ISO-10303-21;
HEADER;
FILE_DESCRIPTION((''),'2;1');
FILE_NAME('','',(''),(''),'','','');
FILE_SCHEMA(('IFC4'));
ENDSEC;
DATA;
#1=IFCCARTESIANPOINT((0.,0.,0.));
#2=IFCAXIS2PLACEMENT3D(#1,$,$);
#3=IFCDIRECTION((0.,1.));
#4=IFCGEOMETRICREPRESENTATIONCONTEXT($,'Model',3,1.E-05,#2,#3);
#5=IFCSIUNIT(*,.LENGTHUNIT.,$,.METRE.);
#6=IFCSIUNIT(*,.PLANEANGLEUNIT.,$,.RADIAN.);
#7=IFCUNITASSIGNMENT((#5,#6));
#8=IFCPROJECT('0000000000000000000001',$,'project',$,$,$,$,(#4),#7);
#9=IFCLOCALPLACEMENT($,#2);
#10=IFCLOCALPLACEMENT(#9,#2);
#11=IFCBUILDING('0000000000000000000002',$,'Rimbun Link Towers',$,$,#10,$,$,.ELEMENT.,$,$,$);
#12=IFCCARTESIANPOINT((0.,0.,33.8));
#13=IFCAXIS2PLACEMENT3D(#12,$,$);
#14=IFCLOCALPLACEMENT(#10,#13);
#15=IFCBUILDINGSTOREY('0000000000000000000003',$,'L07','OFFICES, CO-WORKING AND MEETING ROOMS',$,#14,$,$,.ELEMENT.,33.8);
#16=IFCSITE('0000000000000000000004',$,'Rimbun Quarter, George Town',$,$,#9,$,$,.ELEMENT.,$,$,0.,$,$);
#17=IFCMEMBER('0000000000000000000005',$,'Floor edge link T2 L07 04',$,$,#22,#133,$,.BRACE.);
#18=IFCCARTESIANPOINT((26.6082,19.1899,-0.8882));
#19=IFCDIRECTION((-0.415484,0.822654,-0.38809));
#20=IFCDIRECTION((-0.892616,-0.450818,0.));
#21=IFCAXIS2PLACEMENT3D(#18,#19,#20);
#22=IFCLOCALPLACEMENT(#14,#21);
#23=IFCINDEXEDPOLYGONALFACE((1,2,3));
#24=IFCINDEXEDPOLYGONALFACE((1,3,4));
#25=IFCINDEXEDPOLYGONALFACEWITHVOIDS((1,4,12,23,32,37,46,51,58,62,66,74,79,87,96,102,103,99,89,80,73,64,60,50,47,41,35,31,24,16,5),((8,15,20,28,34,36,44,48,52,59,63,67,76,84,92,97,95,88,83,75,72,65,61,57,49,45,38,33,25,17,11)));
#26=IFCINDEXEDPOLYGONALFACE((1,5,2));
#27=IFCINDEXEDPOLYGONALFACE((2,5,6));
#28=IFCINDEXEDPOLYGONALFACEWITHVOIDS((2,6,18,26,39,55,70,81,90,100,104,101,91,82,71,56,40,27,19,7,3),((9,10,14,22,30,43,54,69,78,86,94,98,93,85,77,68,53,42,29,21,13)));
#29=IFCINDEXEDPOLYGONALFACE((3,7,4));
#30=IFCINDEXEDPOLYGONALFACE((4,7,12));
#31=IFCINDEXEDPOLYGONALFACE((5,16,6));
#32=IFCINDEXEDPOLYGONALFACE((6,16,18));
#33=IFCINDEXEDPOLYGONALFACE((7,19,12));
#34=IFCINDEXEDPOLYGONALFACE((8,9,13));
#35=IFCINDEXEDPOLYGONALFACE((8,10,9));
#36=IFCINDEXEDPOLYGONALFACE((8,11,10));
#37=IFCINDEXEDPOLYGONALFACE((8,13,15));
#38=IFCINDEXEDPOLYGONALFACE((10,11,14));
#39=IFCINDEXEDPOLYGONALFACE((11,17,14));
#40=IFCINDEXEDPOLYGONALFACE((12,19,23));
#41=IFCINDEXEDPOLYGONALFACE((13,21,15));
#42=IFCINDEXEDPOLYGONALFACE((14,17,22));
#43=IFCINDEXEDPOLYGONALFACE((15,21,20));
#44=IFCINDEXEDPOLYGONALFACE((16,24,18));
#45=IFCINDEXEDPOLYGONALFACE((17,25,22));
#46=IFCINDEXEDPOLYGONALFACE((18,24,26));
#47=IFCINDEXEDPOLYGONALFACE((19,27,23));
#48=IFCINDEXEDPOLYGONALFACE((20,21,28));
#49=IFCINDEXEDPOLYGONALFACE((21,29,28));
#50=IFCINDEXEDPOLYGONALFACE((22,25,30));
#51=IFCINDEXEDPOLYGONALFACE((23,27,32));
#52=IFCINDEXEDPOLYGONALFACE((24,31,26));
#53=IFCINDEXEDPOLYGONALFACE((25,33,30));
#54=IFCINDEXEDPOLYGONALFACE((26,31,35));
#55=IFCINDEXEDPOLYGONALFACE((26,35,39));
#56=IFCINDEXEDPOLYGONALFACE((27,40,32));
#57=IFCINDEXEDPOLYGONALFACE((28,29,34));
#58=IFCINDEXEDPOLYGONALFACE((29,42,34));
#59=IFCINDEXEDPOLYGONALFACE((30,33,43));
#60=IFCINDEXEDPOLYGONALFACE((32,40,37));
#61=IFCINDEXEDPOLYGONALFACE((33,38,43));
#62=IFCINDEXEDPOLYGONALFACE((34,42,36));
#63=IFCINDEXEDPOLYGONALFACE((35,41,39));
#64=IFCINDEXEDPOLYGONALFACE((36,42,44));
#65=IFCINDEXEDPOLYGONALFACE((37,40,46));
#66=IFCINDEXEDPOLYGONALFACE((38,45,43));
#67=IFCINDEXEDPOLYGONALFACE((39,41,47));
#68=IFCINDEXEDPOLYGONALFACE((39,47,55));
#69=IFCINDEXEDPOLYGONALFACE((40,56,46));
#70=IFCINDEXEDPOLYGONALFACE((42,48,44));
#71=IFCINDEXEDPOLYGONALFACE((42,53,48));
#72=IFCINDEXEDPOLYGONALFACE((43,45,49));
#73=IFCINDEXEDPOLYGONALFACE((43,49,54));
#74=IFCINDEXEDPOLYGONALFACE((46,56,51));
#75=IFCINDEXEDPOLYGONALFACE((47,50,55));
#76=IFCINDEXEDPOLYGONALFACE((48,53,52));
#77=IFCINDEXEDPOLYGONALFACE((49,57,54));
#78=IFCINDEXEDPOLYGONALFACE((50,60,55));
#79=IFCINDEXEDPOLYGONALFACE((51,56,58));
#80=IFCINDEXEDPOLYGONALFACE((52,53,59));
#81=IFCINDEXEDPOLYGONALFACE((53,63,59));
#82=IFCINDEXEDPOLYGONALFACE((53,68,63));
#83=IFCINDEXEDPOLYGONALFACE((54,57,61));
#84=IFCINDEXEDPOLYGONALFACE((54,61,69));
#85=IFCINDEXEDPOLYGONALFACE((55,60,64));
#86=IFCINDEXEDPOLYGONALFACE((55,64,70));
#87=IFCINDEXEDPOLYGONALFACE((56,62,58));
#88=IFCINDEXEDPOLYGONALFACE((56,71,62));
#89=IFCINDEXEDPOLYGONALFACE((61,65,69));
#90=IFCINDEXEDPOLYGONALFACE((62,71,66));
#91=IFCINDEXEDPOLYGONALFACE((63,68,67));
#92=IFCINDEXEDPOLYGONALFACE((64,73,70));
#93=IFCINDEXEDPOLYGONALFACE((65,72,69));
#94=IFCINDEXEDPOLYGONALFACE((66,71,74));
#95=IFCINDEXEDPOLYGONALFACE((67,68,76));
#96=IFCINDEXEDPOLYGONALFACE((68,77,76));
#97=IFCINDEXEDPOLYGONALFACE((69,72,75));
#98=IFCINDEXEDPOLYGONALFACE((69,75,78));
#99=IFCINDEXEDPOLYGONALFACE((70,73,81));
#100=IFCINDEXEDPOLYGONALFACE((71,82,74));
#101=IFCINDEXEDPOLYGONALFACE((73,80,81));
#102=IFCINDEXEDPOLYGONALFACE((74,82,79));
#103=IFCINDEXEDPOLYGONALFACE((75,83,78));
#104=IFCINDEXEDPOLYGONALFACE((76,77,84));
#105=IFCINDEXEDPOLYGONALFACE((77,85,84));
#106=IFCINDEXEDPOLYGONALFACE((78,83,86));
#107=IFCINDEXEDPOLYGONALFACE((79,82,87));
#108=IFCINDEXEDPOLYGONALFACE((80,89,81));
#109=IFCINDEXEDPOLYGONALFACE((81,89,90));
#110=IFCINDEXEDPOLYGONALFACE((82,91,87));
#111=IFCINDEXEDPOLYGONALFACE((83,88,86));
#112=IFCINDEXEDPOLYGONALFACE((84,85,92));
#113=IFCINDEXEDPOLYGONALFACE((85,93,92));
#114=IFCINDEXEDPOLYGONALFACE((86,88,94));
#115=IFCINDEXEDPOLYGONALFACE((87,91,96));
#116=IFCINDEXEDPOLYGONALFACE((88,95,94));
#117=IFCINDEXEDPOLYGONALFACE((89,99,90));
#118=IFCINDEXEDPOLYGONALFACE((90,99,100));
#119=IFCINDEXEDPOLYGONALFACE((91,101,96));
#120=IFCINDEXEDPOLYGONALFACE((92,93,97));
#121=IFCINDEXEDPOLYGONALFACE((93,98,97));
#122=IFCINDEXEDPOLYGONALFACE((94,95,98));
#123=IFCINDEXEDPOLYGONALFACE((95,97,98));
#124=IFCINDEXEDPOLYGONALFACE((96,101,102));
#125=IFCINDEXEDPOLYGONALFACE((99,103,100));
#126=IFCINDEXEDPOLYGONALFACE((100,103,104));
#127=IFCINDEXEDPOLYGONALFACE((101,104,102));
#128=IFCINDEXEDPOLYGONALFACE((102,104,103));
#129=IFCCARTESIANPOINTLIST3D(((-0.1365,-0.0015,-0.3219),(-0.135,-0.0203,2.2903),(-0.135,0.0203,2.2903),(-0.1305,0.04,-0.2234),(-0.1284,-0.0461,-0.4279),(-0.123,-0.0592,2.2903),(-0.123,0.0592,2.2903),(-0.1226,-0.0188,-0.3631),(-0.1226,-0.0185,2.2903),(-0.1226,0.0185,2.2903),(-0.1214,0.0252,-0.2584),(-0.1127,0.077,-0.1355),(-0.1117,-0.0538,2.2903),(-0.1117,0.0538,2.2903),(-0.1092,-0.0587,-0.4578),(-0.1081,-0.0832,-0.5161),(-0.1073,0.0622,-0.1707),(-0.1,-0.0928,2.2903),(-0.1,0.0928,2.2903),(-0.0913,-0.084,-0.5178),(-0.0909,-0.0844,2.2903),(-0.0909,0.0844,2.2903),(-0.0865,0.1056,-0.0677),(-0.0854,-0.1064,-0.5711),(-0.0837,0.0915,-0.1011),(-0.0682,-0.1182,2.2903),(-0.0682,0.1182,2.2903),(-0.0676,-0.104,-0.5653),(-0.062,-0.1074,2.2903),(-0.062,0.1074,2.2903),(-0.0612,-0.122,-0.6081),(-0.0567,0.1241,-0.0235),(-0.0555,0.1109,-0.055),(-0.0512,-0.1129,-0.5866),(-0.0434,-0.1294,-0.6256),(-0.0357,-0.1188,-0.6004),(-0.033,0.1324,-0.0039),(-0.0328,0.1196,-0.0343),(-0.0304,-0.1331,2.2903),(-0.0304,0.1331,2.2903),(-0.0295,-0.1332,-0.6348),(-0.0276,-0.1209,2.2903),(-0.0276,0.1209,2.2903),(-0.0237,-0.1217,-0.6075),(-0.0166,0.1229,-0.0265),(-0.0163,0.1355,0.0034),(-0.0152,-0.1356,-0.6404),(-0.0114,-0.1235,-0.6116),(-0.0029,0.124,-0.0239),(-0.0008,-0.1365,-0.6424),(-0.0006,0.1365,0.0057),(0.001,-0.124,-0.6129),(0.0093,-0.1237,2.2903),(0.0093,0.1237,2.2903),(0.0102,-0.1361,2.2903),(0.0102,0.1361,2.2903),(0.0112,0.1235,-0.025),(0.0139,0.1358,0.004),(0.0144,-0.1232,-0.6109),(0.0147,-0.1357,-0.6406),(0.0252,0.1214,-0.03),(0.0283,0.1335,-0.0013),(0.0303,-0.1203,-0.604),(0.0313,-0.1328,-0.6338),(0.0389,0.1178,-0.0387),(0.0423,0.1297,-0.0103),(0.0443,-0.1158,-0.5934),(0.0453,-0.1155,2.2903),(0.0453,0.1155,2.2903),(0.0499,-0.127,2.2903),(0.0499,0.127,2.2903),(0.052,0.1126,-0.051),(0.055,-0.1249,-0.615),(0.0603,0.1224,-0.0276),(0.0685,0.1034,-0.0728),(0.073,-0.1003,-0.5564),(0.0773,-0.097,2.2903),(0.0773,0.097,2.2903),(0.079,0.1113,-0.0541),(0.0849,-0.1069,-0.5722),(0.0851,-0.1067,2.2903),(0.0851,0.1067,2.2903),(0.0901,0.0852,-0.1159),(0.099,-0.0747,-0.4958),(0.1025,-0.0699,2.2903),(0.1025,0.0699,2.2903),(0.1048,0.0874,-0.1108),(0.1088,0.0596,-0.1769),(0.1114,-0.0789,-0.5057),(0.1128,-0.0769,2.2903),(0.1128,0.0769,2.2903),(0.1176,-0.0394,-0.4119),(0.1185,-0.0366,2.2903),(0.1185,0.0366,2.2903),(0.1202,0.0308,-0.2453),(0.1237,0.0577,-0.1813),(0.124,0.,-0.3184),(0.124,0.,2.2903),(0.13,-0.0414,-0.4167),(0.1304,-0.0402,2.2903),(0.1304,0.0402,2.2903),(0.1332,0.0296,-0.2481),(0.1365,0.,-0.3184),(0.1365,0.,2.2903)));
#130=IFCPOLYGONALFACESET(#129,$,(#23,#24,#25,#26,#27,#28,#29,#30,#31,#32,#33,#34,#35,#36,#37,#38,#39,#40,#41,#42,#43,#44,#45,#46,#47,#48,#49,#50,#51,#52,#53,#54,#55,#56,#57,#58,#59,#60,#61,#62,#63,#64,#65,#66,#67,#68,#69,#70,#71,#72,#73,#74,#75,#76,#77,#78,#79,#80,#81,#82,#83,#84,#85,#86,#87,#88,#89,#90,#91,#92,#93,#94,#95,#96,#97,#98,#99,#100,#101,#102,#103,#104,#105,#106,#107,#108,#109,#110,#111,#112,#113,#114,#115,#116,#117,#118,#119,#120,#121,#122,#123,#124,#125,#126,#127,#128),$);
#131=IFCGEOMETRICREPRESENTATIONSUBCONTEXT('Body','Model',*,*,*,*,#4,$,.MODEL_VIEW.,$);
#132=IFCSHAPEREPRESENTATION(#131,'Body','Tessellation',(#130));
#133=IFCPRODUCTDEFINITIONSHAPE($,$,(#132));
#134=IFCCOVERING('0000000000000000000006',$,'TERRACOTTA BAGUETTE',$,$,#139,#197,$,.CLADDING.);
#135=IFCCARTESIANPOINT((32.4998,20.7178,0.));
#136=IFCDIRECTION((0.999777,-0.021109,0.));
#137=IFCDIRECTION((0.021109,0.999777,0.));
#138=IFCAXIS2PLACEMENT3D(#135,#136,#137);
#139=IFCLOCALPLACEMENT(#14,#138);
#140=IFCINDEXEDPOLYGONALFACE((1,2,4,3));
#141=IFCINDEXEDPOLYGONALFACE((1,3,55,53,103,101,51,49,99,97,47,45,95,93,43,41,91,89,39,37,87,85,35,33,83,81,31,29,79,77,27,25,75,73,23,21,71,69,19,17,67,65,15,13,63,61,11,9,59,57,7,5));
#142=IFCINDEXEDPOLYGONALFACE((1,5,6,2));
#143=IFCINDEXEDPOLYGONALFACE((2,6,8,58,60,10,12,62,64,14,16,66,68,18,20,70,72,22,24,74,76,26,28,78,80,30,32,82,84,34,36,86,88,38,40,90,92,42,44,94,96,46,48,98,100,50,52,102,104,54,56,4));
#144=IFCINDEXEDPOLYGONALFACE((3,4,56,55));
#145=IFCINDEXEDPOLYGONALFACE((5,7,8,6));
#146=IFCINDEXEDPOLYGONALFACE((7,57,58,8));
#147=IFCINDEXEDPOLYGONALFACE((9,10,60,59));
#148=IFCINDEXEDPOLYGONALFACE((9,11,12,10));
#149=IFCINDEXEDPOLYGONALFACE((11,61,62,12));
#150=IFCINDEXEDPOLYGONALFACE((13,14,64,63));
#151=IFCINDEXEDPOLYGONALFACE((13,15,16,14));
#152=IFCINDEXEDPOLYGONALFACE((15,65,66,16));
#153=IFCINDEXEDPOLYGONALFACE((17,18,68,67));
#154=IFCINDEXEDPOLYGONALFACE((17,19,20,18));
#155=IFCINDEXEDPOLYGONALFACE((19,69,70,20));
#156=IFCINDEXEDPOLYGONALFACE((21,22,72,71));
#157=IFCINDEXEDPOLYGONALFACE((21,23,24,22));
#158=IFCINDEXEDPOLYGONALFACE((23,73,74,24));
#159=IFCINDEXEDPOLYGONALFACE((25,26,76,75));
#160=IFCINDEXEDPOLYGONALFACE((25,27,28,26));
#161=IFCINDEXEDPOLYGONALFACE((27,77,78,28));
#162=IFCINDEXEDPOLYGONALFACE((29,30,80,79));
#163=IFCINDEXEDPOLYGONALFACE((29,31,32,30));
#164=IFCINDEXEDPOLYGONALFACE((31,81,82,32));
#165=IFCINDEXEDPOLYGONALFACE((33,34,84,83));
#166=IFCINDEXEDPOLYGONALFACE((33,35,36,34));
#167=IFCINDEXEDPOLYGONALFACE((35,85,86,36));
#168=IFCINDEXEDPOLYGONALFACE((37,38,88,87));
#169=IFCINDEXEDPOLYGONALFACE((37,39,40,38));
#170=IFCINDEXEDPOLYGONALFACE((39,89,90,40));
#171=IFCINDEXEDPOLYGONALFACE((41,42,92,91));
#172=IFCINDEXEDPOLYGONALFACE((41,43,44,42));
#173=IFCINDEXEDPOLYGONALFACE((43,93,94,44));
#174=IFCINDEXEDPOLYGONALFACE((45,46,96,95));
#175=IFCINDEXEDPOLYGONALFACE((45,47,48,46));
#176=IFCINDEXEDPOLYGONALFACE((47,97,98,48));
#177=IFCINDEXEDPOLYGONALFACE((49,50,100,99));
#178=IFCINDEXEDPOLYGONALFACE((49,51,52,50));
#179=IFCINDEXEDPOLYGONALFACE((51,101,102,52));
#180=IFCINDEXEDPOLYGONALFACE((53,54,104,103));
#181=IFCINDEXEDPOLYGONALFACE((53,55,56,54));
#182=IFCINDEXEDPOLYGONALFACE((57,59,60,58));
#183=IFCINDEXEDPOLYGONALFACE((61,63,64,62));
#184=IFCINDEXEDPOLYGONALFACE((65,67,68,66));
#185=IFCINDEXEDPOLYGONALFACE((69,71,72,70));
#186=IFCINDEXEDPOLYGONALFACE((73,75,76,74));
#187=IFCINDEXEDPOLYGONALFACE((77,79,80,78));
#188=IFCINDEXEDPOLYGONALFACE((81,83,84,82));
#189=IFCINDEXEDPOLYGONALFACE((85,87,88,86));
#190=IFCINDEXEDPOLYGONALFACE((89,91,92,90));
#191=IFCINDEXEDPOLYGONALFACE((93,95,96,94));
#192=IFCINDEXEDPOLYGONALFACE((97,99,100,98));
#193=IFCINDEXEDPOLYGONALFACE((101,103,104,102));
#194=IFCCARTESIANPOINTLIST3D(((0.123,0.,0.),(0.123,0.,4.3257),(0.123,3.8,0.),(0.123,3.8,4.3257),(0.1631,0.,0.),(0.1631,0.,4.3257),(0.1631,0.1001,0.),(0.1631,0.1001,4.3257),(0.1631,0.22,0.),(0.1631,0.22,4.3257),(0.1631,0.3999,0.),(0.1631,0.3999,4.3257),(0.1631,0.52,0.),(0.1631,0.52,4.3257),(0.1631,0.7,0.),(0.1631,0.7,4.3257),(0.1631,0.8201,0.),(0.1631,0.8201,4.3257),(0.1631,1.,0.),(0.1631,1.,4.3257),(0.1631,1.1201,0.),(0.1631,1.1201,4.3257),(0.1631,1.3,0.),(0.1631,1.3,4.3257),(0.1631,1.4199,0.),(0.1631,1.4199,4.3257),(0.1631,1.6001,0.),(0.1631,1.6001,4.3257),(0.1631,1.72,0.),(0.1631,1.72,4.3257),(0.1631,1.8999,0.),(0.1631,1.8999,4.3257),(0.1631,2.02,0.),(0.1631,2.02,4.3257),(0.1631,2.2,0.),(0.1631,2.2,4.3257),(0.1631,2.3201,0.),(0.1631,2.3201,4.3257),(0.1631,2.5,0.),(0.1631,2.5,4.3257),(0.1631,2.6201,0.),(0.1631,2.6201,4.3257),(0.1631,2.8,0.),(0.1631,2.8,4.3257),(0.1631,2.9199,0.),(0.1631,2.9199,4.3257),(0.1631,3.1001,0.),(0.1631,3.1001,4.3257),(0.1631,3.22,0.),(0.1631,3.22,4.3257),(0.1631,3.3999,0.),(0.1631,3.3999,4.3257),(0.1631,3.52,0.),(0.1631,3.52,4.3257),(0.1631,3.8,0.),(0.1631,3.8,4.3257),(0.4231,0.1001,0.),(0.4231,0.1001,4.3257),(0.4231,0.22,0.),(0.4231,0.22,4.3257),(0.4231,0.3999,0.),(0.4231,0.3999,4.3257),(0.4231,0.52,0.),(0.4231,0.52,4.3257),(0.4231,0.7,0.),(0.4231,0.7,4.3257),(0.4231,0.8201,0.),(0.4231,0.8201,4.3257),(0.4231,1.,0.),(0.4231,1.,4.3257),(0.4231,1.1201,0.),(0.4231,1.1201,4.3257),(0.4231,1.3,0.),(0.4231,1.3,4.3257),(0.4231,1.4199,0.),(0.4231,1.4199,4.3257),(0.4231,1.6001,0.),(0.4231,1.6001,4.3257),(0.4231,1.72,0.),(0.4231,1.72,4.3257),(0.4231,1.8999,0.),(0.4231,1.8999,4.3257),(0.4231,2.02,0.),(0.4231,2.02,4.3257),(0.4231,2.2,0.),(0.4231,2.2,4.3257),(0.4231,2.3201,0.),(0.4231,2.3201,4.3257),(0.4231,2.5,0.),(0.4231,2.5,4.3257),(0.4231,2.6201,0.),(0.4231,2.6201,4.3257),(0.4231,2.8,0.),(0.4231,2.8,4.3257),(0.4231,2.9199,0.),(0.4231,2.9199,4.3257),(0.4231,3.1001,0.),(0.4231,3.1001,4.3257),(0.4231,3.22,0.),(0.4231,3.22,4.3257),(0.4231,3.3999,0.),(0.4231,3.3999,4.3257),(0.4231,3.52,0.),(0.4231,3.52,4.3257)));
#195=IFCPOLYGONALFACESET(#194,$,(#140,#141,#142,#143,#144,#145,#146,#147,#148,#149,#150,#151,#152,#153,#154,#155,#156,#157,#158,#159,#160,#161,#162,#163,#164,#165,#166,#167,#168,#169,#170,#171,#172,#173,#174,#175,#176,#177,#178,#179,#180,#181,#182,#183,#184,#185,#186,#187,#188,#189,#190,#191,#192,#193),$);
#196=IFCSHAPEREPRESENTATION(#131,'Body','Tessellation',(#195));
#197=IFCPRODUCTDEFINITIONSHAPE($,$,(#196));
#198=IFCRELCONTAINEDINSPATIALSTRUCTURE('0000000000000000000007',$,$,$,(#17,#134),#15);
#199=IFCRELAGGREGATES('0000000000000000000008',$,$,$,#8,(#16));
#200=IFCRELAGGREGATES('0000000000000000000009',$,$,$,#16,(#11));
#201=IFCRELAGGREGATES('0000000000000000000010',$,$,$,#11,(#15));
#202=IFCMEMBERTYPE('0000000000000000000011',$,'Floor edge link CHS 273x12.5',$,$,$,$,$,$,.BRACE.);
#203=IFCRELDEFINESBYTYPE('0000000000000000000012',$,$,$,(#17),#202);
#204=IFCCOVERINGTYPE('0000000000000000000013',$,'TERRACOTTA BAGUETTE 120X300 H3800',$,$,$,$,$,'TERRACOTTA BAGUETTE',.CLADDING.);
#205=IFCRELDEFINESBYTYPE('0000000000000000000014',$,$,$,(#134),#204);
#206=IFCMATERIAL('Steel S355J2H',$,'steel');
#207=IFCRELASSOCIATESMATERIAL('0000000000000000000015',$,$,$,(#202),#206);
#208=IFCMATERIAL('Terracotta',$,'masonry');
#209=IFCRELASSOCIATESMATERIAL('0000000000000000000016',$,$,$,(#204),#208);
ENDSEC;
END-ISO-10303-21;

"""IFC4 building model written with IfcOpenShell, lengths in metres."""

from ifc_helpers import new_model, si_unit, direction, frame, origin, origin_2d, place, context, subcontext, project, spatial, polyline, hollow_circle, outline, extrude, clip, halfspace, material, material_profile, profile_set, type_object, element, save


model = new_model("IFC4")

# Units and contexts
model_context = context("Model", 3, precision=1e-05, world=origin(), true_north=direction((0.0, 1.0)))
body_context = subcontext(model_context, "Body", "Model", "MODEL_VIEW")
ifc_project = project(units=[si_unit("LENGTHUNIT", "METRE"), si_unit("PLANEANGLEUNIT", "RADIAN")], contexts=[model_context])

# Site, building, storey
site_placement = place(None, origin())
site = spatial("IfcSite", under=ifc_project, at=site_placement, Name="Rimbun Quarter, George Town", CompositionType="ELEMENT", RefElevation=0.0)
building_placement = place(site_placement, origin())
building = spatial("IfcBuilding", under=site, at=building_placement, Name="Rimbun Link Towers", CompositionType="ELEMENT")
storey_placement = place(building_placement, frame((0.0, 0.0, 33.8)))
storey = spatial("IfcBuildingStorey", under=building, at=storey_placement, Name="L07", Description="OFFICES, CO-WORKING AND MEETING ROOMS", CompositionType="ELEMENT", Elevation=33.8)

# Member
ifc_material_1 = material(Name="Steel S355J2H", Category="steel")
ifc_material_profile_1 = material_profile(ifc_material_1, hollow_circle(Radius=0.1365, WallThickness=0.0125, at=origin_2d()), Name="CHS 273x12.5")
ifc_profile_set_1 = profile_set([ifc_material_profile_1], Name="Steel S355J2H")
member_type_1 = type_object("IfcMemberType", Name="Floor edge link CHS 273x12.5", PredefinedType="BRACE", material=ifc_profile_set_1)
member_1_placement = place(storey_placement, frame((26.6082, 19.1899, -0.8882), z_axis=(-0.415484, 0.822654, -0.38809), x_axis=(-0.892616, -0.450818, 0.0)))
element("IfcMember", 1, at=member_1_placement, inside=storey, type_object=member_type_1, Name="Floor edge link T2 L07 04", PredefinedType="BRACE", context=body_context, shape_type="Clipping", body=[
    clip(extrude(hollow_circle(Radius=0.1365, WallThickness=0.0125, at=origin_2d()), frame((0.0, 0.0, -0.6743)), (0.0, 0.0, 1.0), 2.9646), halfspace(frame((0.0, 0.0, -0.3184), z_axis=(0.0, 0.921621, -0.38809)), False)),
])

# Covering
ifc_material_2 = material(Name="Terracotta", Category="masonry")
ifc_material_profile_2 = material_profile(ifc_material_2, outline(polyline([(0.123, 0.0), (0.1631, 0.0), (0.1631, 0.1001), (0.4231, 0.1001), (0.4231, 0.22), (0.1631, 0.22), (0.1631, 0.3999), (0.4231, 0.3999), (0.4231, 0.52), (0.1631, 0.52), (0.1631, 0.7), (0.4231, 0.7), (0.4231, 0.8201), (0.1631, 0.8201), (0.1631, 1.0), (0.4231, 1.0), (0.4231, 1.1201), (0.1631, 1.1201), (0.1631, 1.3), (0.4231, 1.3), (0.4231, 1.4199), (0.1631, 1.4199), (0.1631, 1.6001), (0.4231, 1.6001), (0.4231, 1.72), (0.1631, 1.72), (0.1631, 1.8999), (0.4231, 1.8999), (0.4231, 2.02), (0.1631, 2.02), (0.1631, 2.2), (0.4231, 2.2), (0.4231, 2.3201), (0.1631, 2.3201), (0.1631, 2.5), (0.4231, 2.5), (0.4231, 2.6201), (0.1631, 2.6201), (0.1631, 2.8), (0.4231, 2.8), (0.4231, 2.9199), (0.1631, 2.9199), (0.1631, 3.1001), (0.4231, 3.1001), (0.4231, 3.22), (0.1631, 3.22), (0.1631, 3.3999), (0.4231, 3.3999), (0.4231, 3.52), (0.1631, 3.52), (0.1631, 3.8), (0.123, 3.8), (0.123, 0.0)])), Name="BAGUETTE 120X300")
ifc_profile_set_2 = profile_set([ifc_material_profile_2], Name="Terracotta")
covering_type = type_object("IfcCoveringType", Name="TERRACOTTA BAGUETTE 120X300 H3800", ElementType="TERRACOTTA BAGUETTE", PredefinedType="CLADDING", material=ifc_profile_set_2)
covering_1_placement = place(storey_placement, frame((32.4998, 20.7178, 0.0), z_axis=(0.999777, -0.021109, 0.0), x_axis=(0.021109, 0.999777, 0.0)))
element("IfcCovering", 2, at=covering_1_placement, inside=storey, type_object=covering_type, Name="TERRACOTTA BAGUETTE", PredefinedType="CLADDING", context=body_context, shape_type="SweptSolid", body=[
    extrude(outline(polyline([(0.123, 0.0), (0.1631, 0.0), (0.1631, 0.1001), (0.4231, 0.1001), (0.4231, 0.22), (0.1631, 0.22), (0.1631, 0.3999), (0.4231, 0.3999), (0.4231, 0.52), (0.1631, 0.52), (0.1631, 0.7), (0.4231, 0.7), (0.4231, 0.8201), (0.1631, 0.8201), (0.1631, 1.0), (0.4231, 1.0), (0.4231, 1.1201), (0.1631, 1.1201), (0.1631, 1.3), (0.4231, 1.3), (0.4231, 1.4199), (0.1631, 1.4199), (0.1631, 1.6001), (0.4231, 1.6001), (0.4231, 1.72), (0.1631, 1.72), (0.1631, 1.8999), (0.4231, 1.8999), (0.4231, 2.02), (0.1631, 2.02), (0.1631, 2.2), (0.4231, 2.2), (0.4231, 2.3201), (0.1631, 2.3201), (0.1631, 2.5), (0.4231, 2.5), (0.4231, 2.6201), (0.1631, 2.6201), (0.1631, 2.8), (0.4231, 2.8), (0.4231, 2.9199), (0.1631, 2.9199), (0.1631, 3.1001), (0.4231, 3.1001), (0.4231, 3.22), (0.1631, 3.22), (0.1631, 3.3999), (0.4231, 3.3999), (0.4231, 3.52), (0.1631, 3.52), (0.1631, 3.8), (0.123, 3.8), (0.123, 0.0)])), origin(), (0.0, 0.0, 1.0), 4.3257),
])

save(model, "model.ifc")
